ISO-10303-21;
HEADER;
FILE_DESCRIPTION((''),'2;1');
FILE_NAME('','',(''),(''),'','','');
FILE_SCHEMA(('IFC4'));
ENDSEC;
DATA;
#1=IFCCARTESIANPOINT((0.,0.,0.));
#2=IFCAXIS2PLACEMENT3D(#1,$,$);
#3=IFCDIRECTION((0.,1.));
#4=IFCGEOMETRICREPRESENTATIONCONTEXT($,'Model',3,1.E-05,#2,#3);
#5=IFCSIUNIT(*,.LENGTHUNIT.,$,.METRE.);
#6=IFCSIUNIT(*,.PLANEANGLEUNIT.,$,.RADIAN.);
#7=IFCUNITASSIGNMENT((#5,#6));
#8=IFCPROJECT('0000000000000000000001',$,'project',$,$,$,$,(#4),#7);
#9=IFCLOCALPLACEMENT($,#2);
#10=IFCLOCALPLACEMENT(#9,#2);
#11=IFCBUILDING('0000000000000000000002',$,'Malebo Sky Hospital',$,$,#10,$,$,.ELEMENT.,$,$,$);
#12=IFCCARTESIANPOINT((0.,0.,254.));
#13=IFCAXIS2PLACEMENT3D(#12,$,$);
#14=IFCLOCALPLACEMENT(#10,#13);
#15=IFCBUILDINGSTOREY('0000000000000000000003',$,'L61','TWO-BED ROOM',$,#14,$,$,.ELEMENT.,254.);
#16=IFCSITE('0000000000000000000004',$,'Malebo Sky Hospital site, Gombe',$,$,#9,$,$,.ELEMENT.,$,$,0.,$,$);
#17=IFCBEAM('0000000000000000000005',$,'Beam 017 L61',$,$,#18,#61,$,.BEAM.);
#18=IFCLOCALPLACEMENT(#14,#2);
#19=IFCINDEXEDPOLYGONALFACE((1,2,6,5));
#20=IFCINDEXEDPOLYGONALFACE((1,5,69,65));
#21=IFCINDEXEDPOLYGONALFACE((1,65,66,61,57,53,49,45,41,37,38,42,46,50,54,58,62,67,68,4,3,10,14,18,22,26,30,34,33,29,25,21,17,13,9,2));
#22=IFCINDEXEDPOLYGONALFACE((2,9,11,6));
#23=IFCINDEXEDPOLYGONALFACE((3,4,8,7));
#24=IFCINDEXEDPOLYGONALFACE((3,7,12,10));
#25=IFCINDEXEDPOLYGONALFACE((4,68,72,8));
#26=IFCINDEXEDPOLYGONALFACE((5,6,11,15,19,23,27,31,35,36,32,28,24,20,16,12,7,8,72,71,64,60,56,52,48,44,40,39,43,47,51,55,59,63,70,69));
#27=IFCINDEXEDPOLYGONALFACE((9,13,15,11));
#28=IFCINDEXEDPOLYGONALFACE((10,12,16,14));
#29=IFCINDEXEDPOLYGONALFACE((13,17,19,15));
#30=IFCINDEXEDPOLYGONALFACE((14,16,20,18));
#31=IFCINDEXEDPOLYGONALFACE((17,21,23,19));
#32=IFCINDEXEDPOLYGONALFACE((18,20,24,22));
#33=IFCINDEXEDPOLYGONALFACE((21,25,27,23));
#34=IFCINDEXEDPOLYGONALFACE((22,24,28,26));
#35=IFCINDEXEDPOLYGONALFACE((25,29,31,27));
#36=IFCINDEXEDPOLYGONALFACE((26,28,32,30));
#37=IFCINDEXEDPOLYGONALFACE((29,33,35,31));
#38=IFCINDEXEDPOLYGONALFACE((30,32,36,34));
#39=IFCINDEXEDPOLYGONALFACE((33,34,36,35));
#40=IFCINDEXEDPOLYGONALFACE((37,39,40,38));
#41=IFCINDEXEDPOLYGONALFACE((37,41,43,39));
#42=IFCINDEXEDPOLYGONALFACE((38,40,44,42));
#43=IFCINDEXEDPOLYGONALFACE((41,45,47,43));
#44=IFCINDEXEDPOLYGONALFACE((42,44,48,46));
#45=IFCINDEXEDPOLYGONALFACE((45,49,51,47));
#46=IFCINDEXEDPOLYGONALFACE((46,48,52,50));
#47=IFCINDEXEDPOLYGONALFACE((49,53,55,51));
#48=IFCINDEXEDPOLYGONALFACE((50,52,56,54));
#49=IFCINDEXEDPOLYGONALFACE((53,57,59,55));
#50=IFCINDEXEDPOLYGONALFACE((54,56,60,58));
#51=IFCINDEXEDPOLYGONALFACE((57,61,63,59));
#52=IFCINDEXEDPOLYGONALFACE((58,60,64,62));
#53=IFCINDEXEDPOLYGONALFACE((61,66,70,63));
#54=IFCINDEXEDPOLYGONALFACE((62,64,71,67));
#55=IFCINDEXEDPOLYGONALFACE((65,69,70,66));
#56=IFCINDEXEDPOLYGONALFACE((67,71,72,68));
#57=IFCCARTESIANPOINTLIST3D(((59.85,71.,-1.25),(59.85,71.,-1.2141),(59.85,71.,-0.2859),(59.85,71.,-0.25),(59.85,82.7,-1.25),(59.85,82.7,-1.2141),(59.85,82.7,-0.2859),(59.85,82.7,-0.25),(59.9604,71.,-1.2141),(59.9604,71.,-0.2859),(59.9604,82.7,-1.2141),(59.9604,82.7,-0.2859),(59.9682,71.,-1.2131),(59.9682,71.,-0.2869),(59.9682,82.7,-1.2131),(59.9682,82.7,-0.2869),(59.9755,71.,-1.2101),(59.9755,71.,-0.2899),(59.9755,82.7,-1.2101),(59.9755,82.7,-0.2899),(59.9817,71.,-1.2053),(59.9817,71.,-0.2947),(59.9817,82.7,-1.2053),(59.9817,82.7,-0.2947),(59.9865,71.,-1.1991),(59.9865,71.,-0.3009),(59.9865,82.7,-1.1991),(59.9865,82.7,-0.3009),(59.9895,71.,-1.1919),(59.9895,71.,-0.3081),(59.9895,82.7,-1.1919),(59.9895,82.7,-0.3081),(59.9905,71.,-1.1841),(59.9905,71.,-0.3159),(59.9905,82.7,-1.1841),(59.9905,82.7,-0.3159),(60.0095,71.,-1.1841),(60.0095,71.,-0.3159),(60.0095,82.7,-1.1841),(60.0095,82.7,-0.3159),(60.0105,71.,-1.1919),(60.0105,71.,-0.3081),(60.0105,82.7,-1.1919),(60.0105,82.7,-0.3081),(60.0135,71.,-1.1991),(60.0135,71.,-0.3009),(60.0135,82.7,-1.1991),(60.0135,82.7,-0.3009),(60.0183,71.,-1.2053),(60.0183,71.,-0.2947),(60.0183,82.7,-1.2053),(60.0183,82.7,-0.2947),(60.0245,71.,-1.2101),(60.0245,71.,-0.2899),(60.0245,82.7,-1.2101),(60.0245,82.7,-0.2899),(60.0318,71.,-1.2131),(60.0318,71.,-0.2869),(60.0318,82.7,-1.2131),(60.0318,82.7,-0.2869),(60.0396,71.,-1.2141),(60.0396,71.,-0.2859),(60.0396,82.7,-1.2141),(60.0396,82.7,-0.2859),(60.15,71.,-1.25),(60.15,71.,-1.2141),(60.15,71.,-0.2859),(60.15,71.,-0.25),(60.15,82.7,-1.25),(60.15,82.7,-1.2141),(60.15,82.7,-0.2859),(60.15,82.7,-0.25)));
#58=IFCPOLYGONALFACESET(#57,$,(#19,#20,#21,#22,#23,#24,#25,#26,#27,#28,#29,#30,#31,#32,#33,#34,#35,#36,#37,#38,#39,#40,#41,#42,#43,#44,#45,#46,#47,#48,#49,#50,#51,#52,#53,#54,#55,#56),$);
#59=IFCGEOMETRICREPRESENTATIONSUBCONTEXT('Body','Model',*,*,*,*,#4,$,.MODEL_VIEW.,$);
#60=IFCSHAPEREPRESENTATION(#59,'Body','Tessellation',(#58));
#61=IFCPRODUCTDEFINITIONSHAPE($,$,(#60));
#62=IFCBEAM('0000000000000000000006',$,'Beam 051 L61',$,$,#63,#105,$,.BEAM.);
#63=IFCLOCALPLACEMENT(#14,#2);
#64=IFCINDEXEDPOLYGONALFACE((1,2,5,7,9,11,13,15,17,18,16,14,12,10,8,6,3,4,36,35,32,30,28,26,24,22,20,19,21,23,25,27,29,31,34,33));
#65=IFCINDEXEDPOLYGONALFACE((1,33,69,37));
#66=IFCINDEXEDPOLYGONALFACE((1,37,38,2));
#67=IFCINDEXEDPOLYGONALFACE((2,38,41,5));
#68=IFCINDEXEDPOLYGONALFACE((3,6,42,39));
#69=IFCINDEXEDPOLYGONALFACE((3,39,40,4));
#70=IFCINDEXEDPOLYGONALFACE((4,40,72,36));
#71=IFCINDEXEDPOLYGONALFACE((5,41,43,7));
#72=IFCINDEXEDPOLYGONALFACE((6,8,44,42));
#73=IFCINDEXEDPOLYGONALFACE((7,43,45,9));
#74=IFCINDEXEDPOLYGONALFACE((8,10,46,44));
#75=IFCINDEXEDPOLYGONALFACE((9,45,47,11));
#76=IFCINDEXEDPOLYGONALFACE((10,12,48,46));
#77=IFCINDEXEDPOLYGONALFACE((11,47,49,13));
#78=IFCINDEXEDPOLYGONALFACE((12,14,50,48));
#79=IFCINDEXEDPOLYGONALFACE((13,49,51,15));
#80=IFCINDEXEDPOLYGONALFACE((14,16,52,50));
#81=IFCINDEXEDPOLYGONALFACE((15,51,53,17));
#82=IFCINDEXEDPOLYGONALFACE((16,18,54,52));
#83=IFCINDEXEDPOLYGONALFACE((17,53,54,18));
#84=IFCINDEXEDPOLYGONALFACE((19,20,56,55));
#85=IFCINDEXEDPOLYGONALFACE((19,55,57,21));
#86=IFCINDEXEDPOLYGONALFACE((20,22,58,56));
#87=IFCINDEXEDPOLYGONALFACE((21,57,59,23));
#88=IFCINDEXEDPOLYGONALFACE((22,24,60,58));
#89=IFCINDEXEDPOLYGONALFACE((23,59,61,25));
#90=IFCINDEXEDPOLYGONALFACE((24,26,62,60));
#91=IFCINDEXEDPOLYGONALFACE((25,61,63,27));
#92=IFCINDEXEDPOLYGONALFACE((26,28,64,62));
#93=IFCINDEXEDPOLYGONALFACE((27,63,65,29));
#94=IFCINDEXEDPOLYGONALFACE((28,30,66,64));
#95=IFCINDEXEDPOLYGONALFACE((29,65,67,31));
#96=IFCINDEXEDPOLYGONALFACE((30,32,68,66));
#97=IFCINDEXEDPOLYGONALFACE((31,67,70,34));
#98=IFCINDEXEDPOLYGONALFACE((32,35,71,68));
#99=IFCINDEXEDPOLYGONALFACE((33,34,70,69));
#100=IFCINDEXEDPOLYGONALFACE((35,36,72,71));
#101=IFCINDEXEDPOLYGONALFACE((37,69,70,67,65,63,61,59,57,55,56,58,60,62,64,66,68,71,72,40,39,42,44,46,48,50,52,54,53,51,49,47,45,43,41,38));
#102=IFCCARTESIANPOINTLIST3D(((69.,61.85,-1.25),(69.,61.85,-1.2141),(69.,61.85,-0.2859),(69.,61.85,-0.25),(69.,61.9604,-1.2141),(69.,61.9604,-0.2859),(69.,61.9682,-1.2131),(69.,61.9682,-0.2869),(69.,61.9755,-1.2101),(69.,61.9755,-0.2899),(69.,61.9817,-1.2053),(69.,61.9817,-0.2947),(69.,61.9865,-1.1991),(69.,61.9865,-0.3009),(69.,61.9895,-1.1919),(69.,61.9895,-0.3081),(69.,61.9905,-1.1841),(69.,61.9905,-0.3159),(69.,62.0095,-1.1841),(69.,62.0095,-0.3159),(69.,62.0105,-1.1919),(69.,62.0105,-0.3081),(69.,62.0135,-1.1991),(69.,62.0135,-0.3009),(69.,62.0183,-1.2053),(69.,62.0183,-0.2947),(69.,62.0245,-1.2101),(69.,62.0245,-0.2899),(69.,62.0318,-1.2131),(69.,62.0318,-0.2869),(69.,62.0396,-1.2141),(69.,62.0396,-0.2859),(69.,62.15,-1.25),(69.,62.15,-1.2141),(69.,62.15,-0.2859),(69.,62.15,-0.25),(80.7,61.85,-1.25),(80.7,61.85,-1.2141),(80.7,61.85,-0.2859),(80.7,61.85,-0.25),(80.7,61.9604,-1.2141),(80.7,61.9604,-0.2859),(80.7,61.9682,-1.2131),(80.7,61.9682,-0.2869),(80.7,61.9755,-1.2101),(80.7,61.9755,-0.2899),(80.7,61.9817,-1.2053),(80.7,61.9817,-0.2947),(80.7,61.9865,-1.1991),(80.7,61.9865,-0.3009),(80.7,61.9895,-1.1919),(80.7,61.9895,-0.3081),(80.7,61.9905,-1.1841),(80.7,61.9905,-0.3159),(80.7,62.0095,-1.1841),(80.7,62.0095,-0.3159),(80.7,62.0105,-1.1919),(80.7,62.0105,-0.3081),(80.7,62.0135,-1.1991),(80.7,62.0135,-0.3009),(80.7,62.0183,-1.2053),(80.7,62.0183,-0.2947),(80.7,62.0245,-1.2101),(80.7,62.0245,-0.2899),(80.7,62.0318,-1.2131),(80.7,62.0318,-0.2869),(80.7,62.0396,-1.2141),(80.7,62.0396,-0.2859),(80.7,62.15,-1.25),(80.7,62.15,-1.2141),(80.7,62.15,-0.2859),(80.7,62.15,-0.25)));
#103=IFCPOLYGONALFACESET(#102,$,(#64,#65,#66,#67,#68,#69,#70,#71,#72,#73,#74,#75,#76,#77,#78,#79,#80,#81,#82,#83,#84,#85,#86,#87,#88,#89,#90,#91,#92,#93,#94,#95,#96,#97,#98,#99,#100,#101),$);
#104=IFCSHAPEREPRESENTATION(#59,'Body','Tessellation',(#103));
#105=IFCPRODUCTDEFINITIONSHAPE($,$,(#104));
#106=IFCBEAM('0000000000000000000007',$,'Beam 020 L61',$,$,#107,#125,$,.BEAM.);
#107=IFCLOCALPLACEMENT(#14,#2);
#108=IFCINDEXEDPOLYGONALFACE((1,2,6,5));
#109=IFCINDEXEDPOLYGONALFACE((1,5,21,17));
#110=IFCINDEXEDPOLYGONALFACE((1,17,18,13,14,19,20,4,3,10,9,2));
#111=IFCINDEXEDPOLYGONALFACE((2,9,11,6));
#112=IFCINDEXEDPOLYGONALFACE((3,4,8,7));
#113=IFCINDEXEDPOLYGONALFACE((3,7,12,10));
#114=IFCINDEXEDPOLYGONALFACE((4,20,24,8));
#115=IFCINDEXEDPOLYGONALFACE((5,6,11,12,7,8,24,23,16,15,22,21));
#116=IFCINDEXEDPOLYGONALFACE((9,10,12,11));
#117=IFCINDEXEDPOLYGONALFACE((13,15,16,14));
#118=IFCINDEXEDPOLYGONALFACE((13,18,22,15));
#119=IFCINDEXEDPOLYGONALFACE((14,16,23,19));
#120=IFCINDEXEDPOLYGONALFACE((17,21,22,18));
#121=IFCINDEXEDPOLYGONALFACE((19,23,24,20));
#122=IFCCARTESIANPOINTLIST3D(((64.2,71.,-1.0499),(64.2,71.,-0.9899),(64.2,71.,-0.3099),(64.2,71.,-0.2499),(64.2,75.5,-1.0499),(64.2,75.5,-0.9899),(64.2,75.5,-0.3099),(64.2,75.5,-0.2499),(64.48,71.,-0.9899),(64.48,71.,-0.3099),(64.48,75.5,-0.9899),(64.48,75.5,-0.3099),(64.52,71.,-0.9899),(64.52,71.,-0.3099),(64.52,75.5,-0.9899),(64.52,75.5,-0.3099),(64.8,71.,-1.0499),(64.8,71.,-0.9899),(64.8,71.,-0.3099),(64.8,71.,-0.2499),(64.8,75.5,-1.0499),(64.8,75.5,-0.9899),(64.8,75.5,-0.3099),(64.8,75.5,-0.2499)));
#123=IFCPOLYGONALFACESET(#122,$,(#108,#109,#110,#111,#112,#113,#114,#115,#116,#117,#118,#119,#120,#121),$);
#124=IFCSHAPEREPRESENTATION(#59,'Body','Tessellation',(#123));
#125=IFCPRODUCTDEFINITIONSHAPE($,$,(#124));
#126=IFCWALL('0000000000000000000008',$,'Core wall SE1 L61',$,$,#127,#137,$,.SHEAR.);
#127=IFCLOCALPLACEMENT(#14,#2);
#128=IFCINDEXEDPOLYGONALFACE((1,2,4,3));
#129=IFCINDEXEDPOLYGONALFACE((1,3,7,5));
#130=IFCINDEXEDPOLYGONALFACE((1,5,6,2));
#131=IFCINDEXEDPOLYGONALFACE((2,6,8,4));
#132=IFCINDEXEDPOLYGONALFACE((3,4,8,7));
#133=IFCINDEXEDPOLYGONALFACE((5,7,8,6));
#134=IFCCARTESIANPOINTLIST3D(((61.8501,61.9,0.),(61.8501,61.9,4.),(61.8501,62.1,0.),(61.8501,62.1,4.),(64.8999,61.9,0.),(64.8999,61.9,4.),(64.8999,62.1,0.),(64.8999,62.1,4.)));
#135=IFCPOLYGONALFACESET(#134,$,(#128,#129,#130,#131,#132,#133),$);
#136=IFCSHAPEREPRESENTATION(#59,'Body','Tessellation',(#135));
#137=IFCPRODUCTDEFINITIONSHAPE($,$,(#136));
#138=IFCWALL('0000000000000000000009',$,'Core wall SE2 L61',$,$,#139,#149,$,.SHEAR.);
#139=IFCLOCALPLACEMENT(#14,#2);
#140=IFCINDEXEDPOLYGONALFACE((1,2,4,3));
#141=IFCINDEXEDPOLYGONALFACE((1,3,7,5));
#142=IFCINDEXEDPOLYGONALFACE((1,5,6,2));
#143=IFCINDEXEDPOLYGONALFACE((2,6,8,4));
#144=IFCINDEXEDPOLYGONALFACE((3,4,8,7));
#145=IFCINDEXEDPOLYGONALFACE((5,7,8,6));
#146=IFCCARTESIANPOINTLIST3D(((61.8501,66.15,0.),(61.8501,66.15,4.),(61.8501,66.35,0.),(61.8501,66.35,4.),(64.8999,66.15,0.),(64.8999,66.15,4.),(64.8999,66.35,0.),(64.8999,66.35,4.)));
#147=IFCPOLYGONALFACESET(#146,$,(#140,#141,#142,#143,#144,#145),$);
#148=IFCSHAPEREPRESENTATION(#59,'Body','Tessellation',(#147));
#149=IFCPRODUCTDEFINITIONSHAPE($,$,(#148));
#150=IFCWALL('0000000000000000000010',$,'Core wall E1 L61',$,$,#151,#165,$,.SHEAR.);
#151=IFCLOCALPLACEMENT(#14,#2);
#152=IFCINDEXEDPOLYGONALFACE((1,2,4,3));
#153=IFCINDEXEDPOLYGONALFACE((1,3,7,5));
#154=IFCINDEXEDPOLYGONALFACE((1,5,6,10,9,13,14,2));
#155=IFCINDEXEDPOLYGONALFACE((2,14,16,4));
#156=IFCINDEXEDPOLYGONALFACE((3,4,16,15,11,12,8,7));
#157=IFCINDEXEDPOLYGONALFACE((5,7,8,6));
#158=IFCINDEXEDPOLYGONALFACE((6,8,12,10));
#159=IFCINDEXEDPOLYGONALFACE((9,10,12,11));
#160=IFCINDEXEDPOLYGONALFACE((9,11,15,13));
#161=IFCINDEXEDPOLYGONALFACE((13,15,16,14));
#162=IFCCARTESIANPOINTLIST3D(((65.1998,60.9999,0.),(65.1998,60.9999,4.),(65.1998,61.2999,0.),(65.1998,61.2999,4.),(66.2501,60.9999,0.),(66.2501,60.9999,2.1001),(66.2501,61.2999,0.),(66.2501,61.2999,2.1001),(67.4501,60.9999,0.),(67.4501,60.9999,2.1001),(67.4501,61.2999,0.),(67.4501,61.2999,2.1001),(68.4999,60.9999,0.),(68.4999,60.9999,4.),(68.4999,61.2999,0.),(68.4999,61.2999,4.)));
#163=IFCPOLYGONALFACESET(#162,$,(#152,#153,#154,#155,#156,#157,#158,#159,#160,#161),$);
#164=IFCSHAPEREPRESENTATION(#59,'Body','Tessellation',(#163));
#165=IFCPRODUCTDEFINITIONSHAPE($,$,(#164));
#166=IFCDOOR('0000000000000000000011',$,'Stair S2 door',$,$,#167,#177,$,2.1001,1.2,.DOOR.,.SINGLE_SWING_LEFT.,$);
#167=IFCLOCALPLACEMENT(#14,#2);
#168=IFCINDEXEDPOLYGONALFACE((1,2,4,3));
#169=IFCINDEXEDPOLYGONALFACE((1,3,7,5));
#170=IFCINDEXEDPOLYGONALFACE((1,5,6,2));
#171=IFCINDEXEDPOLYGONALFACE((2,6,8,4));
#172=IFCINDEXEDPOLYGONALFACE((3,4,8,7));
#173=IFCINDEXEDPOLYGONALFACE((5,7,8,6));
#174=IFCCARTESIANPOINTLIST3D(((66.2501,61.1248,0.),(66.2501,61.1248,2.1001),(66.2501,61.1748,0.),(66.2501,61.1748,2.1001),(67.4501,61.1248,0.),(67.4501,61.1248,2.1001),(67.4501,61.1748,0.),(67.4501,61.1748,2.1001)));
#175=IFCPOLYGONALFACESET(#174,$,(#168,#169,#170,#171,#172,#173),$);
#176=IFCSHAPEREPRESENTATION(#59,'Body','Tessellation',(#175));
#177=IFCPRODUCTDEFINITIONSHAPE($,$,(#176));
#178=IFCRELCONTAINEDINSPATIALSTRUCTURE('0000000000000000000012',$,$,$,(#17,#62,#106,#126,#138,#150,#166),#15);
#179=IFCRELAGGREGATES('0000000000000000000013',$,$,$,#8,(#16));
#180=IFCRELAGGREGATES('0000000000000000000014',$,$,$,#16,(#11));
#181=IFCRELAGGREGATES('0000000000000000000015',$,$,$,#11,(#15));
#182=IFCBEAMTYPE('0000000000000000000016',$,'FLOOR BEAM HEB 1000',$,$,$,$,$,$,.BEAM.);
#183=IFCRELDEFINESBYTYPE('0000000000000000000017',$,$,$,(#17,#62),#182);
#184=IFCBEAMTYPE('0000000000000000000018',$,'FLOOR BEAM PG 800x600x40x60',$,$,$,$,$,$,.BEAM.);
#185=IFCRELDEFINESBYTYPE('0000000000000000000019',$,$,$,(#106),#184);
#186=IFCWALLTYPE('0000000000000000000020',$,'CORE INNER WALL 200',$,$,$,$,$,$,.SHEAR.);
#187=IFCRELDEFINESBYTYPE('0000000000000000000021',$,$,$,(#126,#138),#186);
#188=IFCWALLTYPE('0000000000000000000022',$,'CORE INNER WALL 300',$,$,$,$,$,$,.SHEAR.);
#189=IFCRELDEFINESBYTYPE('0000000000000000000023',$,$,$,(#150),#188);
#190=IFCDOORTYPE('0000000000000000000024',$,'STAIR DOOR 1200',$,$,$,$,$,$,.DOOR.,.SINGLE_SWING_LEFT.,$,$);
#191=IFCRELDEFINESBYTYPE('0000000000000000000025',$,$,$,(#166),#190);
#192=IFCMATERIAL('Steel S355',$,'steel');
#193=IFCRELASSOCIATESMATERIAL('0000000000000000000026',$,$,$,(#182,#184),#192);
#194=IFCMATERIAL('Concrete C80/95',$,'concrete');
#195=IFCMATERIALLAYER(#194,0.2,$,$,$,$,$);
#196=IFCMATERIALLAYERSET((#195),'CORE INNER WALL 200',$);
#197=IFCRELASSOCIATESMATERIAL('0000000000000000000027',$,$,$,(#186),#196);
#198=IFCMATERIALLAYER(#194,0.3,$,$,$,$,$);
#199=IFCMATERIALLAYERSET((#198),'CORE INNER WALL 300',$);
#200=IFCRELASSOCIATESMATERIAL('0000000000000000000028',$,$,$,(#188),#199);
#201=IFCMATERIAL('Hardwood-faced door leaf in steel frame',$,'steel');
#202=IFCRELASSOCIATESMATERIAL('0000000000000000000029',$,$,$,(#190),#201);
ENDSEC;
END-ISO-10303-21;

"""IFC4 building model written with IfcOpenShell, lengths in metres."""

from ifc_helpers import new_model, si_unit, direction, frame, frame_2d, origin, origin_2d, place, context, subcontext, project, spatial, rectangle, i_section, extrude, material, layer, layer_set, material_profile, profile_set, type_object, element, fill, save


model = new_model("IFC4")

# Units and contexts
model_context = context("Model", 3, precision=1e-05, world=origin(), true_north=direction((0.0, 1.0)))
body_context = subcontext(model_context, "Body", "Model", "MODEL_VIEW")
ifc_project = project(units=[si_unit("LENGTHUNIT", "METRE"), si_unit("PLANEANGLEUNIT", "RADIAN")], contexts=[model_context])

# Site, building, storey
site_placement = place(None, origin())
site = spatial("IfcSite", under=ifc_project, at=site_placement, Name="Malebo Sky Hospital site, Gombe", CompositionType="ELEMENT", RefElevation=0.0)
building_placement = place(site_placement, origin())
building = spatial("IfcBuilding", under=site, at=building_placement, Name="Malebo Sky Hospital", CompositionType="ELEMENT")
storey_placement = place(building_placement, frame((0.0, 0.0, 254.0)))
storey = spatial("IfcBuildingStorey", under=building, at=storey_placement, Name="L61", Description="TWO-BED ROOM", CompositionType="ELEMENT", Elevation=254.0)

# Beams
ifc_material_1 = material(Name="Steel S355", Category="steel")
ifc_material_profile_1 = material_profile(ifc_material_1, i_section(OverallWidth=0.3, OverallDepth=1.0, WebThickness=0.019, FlangeThickness=0.0359, FilletRadius=0.03, at=origin_2d()), Name="HEB 1000")
ifc_profile_set_1 = profile_set([ifc_material_profile_1], Name="Steel S355")
beam_type_1 = type_object("IfcBeamType", Name="FLOOR BEAM HEB 1000", PredefinedType="BEAM", material=ifc_profile_set_1)
for number, where, z_axis, x_axis, name in (
    (1, (60.0, 71.0, -0.75), (0.0, 1.0, 0.0), (-1.0, 0.0, 0.0), "Beam 017 L61"),
    (2, (69.0, 62.0, -0.75), (1.0, 0.0, 0.0), (0.0, 1.0, 0.0), "Beam 051 L61"),
):
    element("IfcBeam", number, at=place(storey_placement, frame(where, z_axis=z_axis, x_axis=x_axis)), inside=storey, type_object=beam_type_1, Name=name, PredefinedType="BEAM", context=body_context, shape_type="SweptSolid", body=[
        extrude(i_section(OverallWidth=0.3, OverallDepth=1.0, WebThickness=0.019, FlangeThickness=0.0359, FilletRadius=0.03, at=origin_2d()), origin(), (0.0, 0.0, 1.0), 11.7),
    ])
ifc_material_profile_2 = material_profile(ifc_material_1, i_section(OverallWidth=0.6001, OverallDepth=0.8, WebThickness=0.04, FlangeThickness=0.0601, at=origin_2d()), Name="PG 800x600x40x60")
ifc_profile_set_2 = profile_set([ifc_material_profile_2], Name="Steel S355")
beam_type_2 = type_object("IfcBeamType", Name="FLOOR BEAM PG 800x600x40x60", PredefinedType="BEAM", material=ifc_profile_set_2)
beam_placement = place(storey_placement, frame((64.5, 71.0, -0.6499), z_axis=(0.0, 1.0, 0.0), x_axis=(-1.0, 0.0, 0.0)))
element("IfcBeam", 3, at=beam_placement, inside=storey, type_object=beam_type_2, Name="Beam 020 L61", PredefinedType="BEAM", context=body_context, shape_type="SweptSolid", body=[
    extrude(i_section(OverallWidth=0.6001, OverallDepth=0.8, WebThickness=0.04, FlangeThickness=0.0601, at=origin_2d()), origin(), (0.0, 0.0, 1.0), 4.5),
])

# Walls
ifc_material_2 = material(Name="Concrete C80/95", Category="concrete")
ifc_layer_1 = layer(ifc_material_2, 0.2)
ifc_layer_set_1 = layer_set([ifc_layer_1], Name="CORE INNER WALL 200")
wall_type_1 = type_object("IfcWallType", Name="CORE INNER WALL 200", PredefinedType="SHEAR", material=ifc_layer_set_1)
for number, where, z_axis, x_axis, name in (
    (4, (61.8501, 62.0, 0.0), (0.0, 0.0, 1.0), (1.0, 0.0, 0.0), "Core wall SE1 L61"),
    (5, (61.8501, 66.25, 0.0), (0.0, 0.0, 1.0), (1.0, 0.0, 0.0), "Core wall SE2 L61"),
):
    element("IfcWall", number, at=place(storey_placement, frame(where, z_axis=z_axis, x_axis=x_axis)), inside=storey, type_object=wall_type_1, Name=name, PredefinedType="SHEAR", context=body_context, shape_type="SweptSolid", body=[
        extrude(rectangle(XDim=3.0498, YDim=0.2, at=frame_2d((1.5249, 0.0))), origin(), (0.0, 0.0, 1.0), 4.0),
    ])

# Wall, opening, door
ifc_layer_2 = layer(ifc_material_2, 0.3)
ifc_layer_set_2 = layer_set([ifc_layer_2], Name="CORE INNER WALL 300")
wall_type_2 = type_object("IfcWallType", Name="CORE INNER WALL 300", PredefinedType="SHEAR", material=ifc_layer_set_2)
wall_1_placement = place(storey_placement, frame((65.2, 61.1499, 0.0), z_axis=(0.0, 0.0, 1.0), x_axis=(1.0, 0.0, 0.0)))
wall_1 = element("IfcWall", 6, at=wall_1_placement, inside=storey, type_object=wall_type_2, Name="Core wall E1 L61", PredefinedType="SHEAR", context=body_context, shape_type="SweptSolid", body=[
    extrude(rectangle(XDim=3.3, YDim=0.3, at=frame_2d((1.6499, 0.0))), origin(), (0.0, 0.0, 1.0), 4.0),
])
opening_1_placement = place(wall_1_placement, frame((1.05, 0.0, 0.0)))
opening_1 = element("IfcOpeningElement", 7, at=opening_1_placement, cuts=wall_1, PredefinedType="OPENING", context=body_context, shape_type="SweptSolid", body=[
    extrude(rectangle(XDim=1.2, YDim=2.1001, at=frame_2d((0.6001, 1.05))), frame((0.0, 0.1599, 0.0), z_axis=(0.0, -1.0, 0.0), x_axis=(1.0, 0.0, 0.0)), (0.0, 0.0, 1.0), 0.3201),
])
ifc_material_3 = material(Name="Hardwood-faced door leaf in steel frame", Category="steel")
door_type_1 = type_object("IfcDoorType", Name="STAIR DOOR 1200", OperationType="SINGLE_SWING_LEFT", PredefinedType="DOOR", material=ifc_material_3)
door_1_placement = place(opening_1_placement, origin())
door_1 = element("IfcDoor", 8, at=door_1_placement, inside=storey, type_object=door_type_1, Name="Stair S2 door", OperationType="SINGLE_SWING_LEFT", OverallHeight=2.1001, OverallWidth=1.2, PredefinedType="DOOR", context=body_context, shape_type="SweptSolid", body=[
    extrude(rectangle(XDim=1.2, YDim=2.1001, at=frame_2d((0.6001, 1.05))), frame((0.0, 0.0249, 0.0), z_axis=(0.0, -1.0, 0.0), x_axis=(1.0, 0.0, 0.0)), (0.0, 0.0, 1.0), 0.05),
])
fill(opening_1, door_1)

save(model, "model.ifc")
